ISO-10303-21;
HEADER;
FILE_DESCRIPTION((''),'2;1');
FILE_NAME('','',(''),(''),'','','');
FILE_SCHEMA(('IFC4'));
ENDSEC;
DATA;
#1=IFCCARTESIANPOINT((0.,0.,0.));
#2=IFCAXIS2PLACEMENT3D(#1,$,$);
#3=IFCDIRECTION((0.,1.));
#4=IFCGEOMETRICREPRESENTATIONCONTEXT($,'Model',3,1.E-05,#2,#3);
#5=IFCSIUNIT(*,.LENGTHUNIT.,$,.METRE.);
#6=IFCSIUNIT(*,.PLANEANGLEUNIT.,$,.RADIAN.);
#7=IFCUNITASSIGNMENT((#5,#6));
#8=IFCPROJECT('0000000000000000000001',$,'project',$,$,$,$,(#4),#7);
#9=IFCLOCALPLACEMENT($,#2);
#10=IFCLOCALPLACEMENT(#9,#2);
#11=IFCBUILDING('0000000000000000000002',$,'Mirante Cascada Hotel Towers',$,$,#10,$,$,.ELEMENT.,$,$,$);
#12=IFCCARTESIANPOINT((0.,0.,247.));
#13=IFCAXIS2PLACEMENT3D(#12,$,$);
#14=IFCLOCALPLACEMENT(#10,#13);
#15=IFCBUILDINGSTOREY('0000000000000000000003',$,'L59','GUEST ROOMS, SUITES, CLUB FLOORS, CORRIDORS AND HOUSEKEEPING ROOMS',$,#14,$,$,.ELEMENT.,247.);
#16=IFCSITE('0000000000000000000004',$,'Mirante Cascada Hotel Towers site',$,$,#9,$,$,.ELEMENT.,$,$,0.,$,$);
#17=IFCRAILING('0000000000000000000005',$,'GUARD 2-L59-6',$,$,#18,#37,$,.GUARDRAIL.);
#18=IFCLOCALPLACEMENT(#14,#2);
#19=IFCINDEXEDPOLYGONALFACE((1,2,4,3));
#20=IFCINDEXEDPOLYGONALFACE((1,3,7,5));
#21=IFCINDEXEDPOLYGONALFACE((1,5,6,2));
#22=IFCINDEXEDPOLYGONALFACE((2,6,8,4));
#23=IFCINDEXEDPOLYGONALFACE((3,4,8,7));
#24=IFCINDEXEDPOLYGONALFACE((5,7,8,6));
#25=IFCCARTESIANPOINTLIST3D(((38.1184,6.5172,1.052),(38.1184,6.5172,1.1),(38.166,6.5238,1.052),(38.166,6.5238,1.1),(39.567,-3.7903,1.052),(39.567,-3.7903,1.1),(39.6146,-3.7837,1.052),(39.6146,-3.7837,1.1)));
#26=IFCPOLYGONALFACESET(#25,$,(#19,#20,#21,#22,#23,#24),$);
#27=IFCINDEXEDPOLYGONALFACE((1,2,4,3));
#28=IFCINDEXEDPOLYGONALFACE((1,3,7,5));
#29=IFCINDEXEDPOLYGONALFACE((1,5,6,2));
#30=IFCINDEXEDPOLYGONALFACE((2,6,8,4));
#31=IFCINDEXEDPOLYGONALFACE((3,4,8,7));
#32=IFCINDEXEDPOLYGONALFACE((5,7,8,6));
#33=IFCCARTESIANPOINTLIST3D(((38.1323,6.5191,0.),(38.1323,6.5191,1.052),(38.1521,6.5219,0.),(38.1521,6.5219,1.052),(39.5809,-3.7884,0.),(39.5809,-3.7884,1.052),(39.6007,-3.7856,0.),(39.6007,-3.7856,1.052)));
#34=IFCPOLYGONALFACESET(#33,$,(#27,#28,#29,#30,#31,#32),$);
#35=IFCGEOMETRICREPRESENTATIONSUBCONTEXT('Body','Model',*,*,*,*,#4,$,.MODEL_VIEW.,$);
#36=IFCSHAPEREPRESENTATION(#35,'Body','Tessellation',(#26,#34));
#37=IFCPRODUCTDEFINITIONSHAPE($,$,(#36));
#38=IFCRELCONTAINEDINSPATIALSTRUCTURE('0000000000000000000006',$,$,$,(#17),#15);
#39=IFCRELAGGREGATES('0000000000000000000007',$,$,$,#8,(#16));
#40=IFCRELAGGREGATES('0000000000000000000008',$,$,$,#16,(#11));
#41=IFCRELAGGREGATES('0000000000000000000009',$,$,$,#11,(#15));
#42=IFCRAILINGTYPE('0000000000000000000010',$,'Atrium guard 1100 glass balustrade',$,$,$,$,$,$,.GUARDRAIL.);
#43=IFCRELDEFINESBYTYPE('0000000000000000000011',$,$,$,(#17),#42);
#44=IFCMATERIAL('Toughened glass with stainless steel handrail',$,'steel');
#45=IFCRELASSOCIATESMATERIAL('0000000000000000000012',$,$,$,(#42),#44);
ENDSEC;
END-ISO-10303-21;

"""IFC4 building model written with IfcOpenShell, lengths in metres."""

from ifc_helpers import new_model, si_unit, direction, frame, origin, origin_2d, place, context, subcontext, project, spatial, rectangle, extrude, material, type_object, element, save


model = new_model("IFC4")

# Units and contexts
model_context = context("Model", 3, precision=1e-05, world=origin(), true_north=direction((0.0, 1.0)))
body_context = subcontext(model_context, "Body", "Model", "MODEL_VIEW")
ifc_project = project(units=[si_unit("LENGTHUNIT", "METRE"), si_unit("PLANEANGLEUNIT", "RADIAN")], contexts=[model_context])

# Site, building, storey
site_placement = place(None, origin())
site = spatial("IfcSite", under=ifc_project, at=site_placement, Name="Mirante Cascada Hotel Towers site", CompositionType="ELEMENT", RefElevation=0.0)
building_placement = place(site_placement, origin())
building = spatial("IfcBuilding", under=site, at=building_placement, Name="Mirante Cascada Hotel Towers", CompositionType="ELEMENT")
storey_placement = place(building_placement, frame((0.0, 0.0, 247.0)))
storey = spatial("IfcBuildingStorey", under=building, at=storey_placement, Name="L59", Description="GUEST ROOMS, SUITES, CLUB FLOORS, CORRIDORS AND HOUSEKEEPING ROOMS", CompositionType="ELEMENT", Elevation=247.0)

# Railing
ifc_material_1 = material(Name="Toughened glass with stainless steel handrail", Category="steel")
railing_type = type_object("IfcRailingType", Name="Atrium guard 1100 glass balustrade", PredefinedType="GUARDRAIL", material=ifc_material_1)
railing_1_placement = place(storey_placement, frame((38.1422, 6.5205, 0.0)))
element("IfcRailing", 1, at=railing_1_placement, inside=storey, type_object=railing_type, Name="GUARD 2-L59-6", PredefinedType="GUARDRAIL", context=body_context, shape_type="SweptSolid", body=[
    extrude(rectangle(XDim=0.048, YDim=0.048, at=origin_2d()), frame((0.0, 0.0, 1.076), z_axis=(0.139171, -0.990268, 0.0), x_axis=(0.990268, 0.139171, 0.0)), (0.0, 0.0, 1.0), 10.4088),
    extrude(rectangle(XDim=0.02, YDim=1.052, at=origin_2d()), frame((0.0, 0.0, 0.526), z_axis=(0.139171, -0.990268, 0.0), x_axis=(0.990268, 0.139171, 0.0)), (0.0, 0.0, 1.0), 10.4088),
])

save(model, "model.ifc")
